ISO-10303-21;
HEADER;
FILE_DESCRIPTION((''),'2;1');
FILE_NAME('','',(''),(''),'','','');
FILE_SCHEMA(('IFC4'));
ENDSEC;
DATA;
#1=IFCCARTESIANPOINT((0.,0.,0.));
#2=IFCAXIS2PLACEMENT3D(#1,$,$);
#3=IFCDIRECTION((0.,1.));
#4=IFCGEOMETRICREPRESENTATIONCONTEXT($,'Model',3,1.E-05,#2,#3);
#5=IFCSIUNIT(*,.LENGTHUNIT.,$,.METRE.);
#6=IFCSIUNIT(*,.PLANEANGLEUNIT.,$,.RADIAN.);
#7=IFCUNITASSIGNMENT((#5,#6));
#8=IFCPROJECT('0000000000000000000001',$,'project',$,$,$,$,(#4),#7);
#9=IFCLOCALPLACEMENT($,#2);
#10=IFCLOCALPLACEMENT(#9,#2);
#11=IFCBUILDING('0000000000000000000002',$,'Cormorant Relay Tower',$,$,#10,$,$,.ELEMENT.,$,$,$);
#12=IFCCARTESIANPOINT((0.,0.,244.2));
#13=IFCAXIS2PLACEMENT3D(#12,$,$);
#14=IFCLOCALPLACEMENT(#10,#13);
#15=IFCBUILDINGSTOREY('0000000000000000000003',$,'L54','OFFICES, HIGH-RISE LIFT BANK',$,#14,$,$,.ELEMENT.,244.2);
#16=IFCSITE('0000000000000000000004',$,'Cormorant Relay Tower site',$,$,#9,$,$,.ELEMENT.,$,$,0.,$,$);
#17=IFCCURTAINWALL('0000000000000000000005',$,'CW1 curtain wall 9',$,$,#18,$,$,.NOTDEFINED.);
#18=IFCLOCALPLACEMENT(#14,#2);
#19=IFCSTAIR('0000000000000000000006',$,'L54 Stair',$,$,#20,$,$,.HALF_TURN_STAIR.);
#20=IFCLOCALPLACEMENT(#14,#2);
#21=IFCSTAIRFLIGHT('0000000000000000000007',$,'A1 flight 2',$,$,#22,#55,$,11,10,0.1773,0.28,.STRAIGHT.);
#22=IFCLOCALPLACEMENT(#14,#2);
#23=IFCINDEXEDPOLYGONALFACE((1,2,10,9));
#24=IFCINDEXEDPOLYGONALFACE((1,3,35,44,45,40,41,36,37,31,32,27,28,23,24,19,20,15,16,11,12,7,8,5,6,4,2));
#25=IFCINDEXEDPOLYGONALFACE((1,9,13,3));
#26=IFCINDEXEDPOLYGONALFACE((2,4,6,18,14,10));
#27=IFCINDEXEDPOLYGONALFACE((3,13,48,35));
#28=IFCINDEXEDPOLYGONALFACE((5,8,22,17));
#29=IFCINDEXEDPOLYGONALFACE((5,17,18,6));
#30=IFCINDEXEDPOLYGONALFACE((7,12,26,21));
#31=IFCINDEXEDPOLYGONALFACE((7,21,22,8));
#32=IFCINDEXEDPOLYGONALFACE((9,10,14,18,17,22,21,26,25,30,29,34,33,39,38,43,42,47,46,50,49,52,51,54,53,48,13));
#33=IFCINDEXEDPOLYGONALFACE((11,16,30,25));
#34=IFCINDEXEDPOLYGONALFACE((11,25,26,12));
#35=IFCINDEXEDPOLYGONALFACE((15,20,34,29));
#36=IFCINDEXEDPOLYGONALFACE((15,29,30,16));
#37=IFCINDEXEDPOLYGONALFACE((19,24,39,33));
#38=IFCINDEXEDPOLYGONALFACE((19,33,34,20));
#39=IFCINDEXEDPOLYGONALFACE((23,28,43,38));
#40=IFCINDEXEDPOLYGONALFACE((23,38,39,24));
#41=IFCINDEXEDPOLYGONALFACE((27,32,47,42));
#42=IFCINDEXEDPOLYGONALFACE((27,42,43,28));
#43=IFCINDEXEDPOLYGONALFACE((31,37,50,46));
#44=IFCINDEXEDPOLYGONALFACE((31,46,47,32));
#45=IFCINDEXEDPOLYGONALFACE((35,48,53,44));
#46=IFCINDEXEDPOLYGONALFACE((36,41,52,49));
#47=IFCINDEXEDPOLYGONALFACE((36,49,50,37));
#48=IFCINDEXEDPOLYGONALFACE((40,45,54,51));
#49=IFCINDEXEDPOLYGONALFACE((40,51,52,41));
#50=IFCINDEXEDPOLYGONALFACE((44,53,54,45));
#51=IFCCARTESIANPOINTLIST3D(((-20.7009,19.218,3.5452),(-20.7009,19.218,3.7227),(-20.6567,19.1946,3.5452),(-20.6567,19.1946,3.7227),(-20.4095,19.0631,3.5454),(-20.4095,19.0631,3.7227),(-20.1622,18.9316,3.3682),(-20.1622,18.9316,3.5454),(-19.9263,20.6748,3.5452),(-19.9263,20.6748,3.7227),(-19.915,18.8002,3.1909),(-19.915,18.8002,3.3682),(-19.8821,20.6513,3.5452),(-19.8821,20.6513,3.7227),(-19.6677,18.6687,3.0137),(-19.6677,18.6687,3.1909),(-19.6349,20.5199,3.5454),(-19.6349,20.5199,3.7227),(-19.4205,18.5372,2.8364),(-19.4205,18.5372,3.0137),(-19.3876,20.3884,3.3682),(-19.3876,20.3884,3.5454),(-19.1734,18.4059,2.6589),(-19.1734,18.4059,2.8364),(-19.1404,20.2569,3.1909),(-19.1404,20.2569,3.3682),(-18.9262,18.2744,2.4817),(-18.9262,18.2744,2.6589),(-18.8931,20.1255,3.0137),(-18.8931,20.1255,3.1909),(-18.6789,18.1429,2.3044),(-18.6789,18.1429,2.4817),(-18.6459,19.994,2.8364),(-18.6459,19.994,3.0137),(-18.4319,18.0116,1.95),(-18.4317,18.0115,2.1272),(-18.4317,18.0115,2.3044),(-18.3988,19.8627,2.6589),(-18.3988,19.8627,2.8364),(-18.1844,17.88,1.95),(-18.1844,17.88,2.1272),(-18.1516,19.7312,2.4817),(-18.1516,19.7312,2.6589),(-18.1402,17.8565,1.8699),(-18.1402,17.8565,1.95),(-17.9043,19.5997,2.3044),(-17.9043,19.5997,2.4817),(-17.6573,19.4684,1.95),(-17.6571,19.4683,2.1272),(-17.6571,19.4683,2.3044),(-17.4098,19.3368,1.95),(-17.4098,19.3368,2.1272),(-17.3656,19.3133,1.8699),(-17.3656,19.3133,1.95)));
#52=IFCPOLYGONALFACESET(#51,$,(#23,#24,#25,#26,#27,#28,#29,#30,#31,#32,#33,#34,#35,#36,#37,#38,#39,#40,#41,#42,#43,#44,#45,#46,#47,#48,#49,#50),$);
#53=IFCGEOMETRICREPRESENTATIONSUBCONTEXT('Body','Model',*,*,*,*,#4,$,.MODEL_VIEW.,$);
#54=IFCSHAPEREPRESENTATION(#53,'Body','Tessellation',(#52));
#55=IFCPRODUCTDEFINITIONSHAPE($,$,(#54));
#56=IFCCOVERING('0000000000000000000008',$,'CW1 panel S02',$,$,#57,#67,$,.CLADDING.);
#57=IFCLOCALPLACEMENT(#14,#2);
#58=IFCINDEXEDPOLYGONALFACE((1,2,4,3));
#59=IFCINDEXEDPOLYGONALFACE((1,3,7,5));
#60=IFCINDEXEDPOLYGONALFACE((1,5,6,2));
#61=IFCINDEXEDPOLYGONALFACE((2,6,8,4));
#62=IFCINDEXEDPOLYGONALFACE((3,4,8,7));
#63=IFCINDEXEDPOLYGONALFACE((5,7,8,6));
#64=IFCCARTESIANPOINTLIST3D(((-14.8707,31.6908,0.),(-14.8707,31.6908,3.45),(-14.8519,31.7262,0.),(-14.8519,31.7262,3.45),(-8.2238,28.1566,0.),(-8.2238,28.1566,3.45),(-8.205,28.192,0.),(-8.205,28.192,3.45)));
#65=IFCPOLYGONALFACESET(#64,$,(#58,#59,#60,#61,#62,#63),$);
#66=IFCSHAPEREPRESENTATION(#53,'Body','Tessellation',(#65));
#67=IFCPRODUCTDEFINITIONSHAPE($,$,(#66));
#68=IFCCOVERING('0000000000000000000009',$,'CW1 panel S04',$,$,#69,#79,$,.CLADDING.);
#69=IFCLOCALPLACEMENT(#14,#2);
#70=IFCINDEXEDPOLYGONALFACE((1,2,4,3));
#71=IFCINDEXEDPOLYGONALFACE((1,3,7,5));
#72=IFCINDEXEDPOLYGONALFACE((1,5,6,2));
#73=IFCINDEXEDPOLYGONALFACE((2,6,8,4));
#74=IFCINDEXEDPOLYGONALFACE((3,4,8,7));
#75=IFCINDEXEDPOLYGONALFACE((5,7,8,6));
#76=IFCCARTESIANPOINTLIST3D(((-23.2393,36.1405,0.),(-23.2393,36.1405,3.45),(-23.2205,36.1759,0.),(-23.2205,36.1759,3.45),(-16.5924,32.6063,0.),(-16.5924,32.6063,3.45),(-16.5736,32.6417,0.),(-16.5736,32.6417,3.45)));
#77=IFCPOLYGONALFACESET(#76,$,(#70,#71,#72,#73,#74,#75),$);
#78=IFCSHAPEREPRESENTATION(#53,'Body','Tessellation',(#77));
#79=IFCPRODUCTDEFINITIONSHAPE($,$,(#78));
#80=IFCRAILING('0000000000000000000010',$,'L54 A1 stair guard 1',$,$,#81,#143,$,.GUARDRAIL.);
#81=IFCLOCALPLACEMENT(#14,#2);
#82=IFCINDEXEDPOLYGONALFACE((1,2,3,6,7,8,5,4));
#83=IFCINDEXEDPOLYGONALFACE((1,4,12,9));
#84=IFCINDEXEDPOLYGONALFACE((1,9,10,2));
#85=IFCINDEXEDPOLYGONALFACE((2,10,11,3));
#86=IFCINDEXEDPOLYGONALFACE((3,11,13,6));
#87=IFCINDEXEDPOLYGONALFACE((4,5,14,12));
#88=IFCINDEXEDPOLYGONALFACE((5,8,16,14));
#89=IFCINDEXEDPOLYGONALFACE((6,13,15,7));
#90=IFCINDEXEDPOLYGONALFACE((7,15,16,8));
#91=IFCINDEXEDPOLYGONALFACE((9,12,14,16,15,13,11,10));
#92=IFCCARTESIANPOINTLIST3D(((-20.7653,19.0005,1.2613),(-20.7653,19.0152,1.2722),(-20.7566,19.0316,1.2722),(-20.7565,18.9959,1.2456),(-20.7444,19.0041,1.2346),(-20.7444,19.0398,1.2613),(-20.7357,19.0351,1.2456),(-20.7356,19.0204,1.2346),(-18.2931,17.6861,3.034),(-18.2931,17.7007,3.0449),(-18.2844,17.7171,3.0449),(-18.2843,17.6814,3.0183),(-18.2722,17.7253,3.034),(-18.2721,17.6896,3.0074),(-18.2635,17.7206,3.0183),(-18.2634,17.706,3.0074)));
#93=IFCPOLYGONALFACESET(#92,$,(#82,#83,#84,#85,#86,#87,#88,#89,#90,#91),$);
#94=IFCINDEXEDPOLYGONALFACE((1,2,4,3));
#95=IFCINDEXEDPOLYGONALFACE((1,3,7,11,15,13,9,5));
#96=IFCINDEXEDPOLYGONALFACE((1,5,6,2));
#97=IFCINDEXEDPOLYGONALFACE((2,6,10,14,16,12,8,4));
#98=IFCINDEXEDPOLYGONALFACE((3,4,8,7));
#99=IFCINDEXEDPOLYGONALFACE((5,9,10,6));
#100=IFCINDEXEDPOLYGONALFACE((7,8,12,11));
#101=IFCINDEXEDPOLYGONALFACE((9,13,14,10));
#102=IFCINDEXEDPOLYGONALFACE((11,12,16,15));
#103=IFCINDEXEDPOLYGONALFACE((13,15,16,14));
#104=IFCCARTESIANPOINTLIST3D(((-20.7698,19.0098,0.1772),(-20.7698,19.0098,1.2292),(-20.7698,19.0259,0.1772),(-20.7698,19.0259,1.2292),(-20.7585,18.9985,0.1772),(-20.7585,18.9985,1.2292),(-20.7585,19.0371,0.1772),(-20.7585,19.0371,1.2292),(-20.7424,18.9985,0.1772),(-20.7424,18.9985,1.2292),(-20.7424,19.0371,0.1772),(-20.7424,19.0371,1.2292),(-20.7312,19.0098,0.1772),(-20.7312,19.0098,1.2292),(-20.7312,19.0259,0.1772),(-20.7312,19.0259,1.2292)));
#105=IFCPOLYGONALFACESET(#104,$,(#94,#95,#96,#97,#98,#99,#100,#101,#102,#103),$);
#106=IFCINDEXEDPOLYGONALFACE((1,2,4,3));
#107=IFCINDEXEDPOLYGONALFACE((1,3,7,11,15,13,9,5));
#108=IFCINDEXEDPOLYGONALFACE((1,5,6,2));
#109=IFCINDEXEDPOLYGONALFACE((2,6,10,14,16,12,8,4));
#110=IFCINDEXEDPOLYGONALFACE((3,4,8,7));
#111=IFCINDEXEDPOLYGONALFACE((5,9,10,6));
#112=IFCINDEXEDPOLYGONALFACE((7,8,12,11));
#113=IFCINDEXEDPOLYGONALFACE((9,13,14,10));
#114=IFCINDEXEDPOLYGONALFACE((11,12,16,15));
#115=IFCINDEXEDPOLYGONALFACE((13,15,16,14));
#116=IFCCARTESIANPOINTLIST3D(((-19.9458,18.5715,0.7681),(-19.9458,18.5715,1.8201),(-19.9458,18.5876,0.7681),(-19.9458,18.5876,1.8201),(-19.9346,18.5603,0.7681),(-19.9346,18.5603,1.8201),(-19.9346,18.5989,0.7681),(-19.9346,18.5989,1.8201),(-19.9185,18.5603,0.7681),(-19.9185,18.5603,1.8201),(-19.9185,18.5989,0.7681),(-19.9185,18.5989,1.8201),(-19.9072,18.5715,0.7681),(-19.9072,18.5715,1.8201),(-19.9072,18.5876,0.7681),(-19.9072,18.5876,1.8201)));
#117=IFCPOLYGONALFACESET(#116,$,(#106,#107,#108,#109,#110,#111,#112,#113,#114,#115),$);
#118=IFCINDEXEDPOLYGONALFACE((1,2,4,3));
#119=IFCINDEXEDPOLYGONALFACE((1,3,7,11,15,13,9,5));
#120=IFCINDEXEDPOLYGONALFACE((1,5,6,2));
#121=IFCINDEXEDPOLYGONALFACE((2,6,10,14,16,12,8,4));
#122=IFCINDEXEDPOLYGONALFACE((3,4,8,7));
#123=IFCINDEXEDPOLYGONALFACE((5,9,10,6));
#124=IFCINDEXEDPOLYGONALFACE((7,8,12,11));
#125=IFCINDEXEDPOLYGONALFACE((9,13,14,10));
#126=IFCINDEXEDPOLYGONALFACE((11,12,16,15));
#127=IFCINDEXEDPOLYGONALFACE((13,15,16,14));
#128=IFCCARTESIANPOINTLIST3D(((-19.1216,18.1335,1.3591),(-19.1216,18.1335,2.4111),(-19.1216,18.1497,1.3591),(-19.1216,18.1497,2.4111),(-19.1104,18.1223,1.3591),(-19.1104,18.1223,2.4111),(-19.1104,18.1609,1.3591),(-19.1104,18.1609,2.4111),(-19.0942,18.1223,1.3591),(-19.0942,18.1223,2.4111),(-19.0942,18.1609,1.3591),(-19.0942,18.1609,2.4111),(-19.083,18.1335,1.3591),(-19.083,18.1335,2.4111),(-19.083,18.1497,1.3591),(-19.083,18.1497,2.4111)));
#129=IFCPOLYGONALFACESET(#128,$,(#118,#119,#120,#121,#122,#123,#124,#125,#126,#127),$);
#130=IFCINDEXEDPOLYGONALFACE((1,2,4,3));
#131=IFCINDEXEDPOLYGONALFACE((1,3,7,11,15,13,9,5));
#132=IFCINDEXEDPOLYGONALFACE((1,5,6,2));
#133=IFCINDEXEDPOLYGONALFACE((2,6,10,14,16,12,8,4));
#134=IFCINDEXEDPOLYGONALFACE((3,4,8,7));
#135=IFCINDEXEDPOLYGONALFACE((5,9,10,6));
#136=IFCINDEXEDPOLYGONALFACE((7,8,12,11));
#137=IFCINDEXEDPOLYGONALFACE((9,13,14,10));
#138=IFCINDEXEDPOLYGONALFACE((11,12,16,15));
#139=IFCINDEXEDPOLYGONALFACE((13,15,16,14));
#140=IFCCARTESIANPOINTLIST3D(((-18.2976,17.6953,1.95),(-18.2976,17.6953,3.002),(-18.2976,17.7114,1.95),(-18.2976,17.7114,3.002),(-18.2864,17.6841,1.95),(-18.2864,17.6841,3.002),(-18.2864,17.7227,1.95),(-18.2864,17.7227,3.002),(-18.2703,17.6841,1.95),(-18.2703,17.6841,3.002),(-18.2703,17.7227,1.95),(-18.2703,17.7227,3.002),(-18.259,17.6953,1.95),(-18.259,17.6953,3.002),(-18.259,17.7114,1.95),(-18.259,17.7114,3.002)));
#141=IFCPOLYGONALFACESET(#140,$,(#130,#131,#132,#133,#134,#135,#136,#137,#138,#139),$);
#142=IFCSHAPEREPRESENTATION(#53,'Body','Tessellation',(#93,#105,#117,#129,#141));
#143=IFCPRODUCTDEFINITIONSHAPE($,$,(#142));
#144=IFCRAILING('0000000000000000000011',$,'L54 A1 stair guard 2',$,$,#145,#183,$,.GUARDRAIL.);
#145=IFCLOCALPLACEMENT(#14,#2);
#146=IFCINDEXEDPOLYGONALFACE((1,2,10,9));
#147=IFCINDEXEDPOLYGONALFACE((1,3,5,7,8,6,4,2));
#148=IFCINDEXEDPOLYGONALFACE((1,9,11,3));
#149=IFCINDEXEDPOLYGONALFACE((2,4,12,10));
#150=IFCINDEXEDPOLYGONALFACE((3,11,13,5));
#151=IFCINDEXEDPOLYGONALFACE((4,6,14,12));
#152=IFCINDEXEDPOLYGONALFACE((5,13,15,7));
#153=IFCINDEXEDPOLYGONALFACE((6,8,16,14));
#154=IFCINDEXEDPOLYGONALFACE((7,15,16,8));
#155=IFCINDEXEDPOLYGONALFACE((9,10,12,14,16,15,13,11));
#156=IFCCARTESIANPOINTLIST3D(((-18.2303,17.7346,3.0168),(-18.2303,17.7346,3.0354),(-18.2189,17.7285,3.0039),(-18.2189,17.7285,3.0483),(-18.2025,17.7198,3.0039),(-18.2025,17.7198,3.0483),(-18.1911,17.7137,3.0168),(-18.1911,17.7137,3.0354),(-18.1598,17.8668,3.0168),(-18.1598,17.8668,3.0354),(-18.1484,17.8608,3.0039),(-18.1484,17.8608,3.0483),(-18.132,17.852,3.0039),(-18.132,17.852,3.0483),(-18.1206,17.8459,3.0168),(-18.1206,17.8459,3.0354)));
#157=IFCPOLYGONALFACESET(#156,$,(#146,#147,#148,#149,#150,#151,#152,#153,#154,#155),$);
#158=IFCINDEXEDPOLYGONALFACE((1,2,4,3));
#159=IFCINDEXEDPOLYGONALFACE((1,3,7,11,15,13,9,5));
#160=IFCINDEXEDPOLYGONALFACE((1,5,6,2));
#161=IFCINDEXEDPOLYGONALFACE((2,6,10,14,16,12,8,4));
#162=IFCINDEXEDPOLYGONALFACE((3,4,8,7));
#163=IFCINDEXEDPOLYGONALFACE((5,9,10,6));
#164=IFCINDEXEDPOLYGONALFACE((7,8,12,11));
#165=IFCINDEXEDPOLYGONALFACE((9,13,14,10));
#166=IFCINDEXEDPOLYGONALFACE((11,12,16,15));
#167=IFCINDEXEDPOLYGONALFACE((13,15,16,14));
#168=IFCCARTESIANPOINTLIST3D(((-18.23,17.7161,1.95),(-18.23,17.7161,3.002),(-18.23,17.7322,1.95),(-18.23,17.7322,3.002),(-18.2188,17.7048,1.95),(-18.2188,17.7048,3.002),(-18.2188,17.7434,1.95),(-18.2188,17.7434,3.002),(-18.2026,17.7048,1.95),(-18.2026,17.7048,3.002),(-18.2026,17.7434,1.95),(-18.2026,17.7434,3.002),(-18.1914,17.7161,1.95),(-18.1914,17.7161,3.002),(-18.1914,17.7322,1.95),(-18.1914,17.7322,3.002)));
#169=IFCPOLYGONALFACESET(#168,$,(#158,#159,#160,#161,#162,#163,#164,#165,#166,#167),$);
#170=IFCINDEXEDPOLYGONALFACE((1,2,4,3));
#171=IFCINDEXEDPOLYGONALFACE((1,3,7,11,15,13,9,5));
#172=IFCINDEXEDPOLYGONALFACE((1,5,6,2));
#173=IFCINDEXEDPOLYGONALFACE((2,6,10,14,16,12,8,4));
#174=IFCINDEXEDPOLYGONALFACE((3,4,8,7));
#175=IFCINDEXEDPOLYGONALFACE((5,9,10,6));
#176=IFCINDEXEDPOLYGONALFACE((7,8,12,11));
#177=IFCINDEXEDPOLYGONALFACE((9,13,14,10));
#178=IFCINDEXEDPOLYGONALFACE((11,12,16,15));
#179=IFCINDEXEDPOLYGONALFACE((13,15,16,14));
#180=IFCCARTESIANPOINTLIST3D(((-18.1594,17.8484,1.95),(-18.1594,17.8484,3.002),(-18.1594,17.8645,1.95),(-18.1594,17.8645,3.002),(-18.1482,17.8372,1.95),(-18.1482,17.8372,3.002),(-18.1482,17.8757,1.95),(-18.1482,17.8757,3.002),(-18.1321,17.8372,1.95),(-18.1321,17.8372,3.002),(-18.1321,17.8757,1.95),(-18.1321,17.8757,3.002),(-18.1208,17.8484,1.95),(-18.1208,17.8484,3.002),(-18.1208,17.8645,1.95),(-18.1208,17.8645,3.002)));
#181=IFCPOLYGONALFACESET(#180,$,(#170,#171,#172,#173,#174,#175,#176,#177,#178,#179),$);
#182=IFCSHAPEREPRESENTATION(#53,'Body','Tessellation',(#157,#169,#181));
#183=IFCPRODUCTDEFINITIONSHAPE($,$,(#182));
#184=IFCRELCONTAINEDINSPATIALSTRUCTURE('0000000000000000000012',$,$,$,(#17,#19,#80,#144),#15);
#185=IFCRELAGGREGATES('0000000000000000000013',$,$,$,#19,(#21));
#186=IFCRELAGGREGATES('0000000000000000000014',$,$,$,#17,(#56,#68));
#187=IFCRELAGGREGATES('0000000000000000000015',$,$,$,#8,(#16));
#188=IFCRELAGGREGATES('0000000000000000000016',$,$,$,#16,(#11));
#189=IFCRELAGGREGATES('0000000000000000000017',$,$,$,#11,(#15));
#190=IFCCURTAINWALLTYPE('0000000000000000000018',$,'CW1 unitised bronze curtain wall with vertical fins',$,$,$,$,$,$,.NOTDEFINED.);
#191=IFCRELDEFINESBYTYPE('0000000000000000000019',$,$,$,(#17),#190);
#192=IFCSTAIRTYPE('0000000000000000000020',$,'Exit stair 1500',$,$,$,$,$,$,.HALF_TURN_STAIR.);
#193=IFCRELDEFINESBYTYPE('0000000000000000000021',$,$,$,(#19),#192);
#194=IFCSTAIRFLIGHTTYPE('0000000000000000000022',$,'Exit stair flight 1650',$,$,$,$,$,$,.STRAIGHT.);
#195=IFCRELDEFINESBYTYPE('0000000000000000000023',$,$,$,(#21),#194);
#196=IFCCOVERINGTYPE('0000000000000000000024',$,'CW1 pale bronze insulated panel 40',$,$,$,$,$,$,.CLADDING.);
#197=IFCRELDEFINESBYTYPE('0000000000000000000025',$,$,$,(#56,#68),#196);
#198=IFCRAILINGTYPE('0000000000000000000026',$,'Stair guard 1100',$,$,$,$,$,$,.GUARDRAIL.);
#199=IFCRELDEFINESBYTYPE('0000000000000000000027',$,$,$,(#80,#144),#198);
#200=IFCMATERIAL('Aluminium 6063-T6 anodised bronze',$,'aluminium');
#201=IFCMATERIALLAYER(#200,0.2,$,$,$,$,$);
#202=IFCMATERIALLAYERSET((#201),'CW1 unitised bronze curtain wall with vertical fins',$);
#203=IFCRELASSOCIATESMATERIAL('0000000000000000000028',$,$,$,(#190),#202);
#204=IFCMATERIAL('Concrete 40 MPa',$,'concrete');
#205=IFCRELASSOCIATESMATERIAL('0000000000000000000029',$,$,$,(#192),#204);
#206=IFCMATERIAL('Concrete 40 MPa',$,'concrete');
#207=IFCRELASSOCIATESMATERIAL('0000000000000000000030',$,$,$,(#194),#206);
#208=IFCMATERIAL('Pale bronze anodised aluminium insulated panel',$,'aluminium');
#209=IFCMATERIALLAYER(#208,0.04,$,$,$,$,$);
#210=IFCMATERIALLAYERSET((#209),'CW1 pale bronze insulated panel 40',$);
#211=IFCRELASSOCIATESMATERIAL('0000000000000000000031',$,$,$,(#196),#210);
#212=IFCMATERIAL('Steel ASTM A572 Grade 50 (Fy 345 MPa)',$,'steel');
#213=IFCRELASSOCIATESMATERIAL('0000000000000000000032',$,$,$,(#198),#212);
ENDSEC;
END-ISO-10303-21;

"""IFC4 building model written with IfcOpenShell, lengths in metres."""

from ifc_helpers import new_model, si_unit, direction, frame, origin, origin_2d, place, context, subcontext, project, spatial, polyline, rectangle, outline, extrude, material, layer, layer_set, type_object, element, aggregate, save


model = new_model("IFC4")

# Units and contexts
model_context = context("Model", 3, precision=1e-05, world=origin(), true_north=direction((0.0, 1.0)))
body_context = subcontext(model_context, "Body", "Model", "MODEL_VIEW")
ifc_project = project(units=[si_unit("LENGTHUNIT", "METRE"), si_unit("PLANEANGLEUNIT", "RADIAN")], contexts=[model_context])

# Site, building, storey
site_placement = place(None, origin())
site = spatial("IfcSite", under=ifc_project, at=site_placement, Name="Cormorant Relay Tower site", CompositionType="ELEMENT", RefElevation=0.0)
building_placement = place(site_placement, origin())
building = spatial("IfcBuilding", under=site, at=building_placement, Name="Cormorant Relay Tower", CompositionType="ELEMENT")
storey_placement = place(building_placement, frame((0.0, 0.0, 244.2)))
storey = spatial("IfcBuildingStorey", under=building, at=storey_placement, Name="L54", Description="OFFICES, HIGH-RISE LIFT BANK", CompositionType="ELEMENT", Elevation=244.2)

# Curtain wall
ifc_material_1 = material(Name="Aluminium 6063-T6 anodised bronze", Category="aluminium")
ifc_layer_1 = layer(ifc_material_1, 0.2)
ifc_layer_set_1 = layer_set([ifc_layer_1], Name="CW1 unitised bronze curtain wall with vertical fins")
curtain_wall_type = type_object("IfcCurtainWallType", Name="CW1 unitised bronze curtain wall with vertical fins", PredefinedType="NOTDEFINED", material=ifc_layer_set_1)
curtain_wall_placement = place(storey_placement, origin())
curtain_wall = element("IfcCurtainWall", 1, at=curtain_wall_placement, inside=storey, type_object=curtain_wall_type, Name="CW1 curtain wall 9", PredefinedType="NOTDEFINED")

# Stair, stair flight
ifc_material_2 = material(Name="Concrete 40 MPa", Category="concrete")
stair_type = type_object("IfcStairType", Name="Exit stair 1500", PredefinedType="HALF_TURN_STAIR", material=ifc_material_2)
stair_placement = place(storey_placement, origin())
stair = element("IfcStair", 2, at=stair_placement, inside=storey, type_object=stair_type, Name="L54 Stair", PredefinedType="HALF_TURN_STAIR")
ifc_material_3 = material(Name="Concrete 40 MPa", Category="concrete")
stair_flight_type = type_object("IfcStairFlightType", Name="Exit stair flight 1650", PredefinedType="STRAIGHT", material=ifc_material_3)
stair_flight_1_placement = place(storey_placement, frame((-17.7971, 18.6084, 1.95), z_axis=(0.0, 0.0, 1.0), x_axis=(-0.882948, 0.469472, 0.0)))
stair_flight_1 = element("IfcStairFlight", 3, at=stair_flight_1_placement, type_object=stair_flight_type, Name="A1 flight 2", NumberOfRisers=11, NumberOfTreads=10, PredefinedType="STRAIGHT", RiserHeight=0.1773, TreadLength=0.28, context=body_context, shape_type="SweptSolid", body=[
    extrude(outline(polyline([(-0.05, -0.0801), (-0.05, 0.0), (0.0, 0.0), (0.0, 0.1772), (0.28, 0.1772), (0.28, 0.3545), (0.5601, 0.3545), (0.5601, 0.5317), (0.8401, 0.5317), (0.8401, 0.709), (1.1201, 0.709), (1.1201, 0.8865), (1.3999, 0.8865), (1.3999, 1.0637), (1.6799, 1.0637), (1.6799, 1.241), (1.96, 1.241), (1.96, 1.4182), (2.24, 1.4182), (2.24, 1.5955), (2.52, 1.5955), (2.52, 1.7727), (2.8, 1.7727), (2.8501, 1.7727), (2.8501, 1.5952), (2.8, 1.5952), (0.2803, 0.0), (-0.05, -0.0801)])), frame((0.0, 0.825, 0.0), z_axis=(0.0, -1.0, 0.0), x_axis=(1.0, 0.0, 0.0)), (0.0, 0.0, 1.0), 1.6499),
])
aggregate(stair, [stair_flight_1])

# Coverings
ifc_material_4 = material(Name="Pale bronze anodised aluminium insulated panel", Category="aluminium")
ifc_layer_2 = layer(ifc_material_4, 0.04)
ifc_layer_set_2 = layer_set([ifc_layer_2], Name="CW1 pale bronze insulated panel 40")
covering_type = type_object("IfcCoveringType", Name="CW1 pale bronze insulated panel 40", PredefinedType="CLADDING", material=ifc_layer_set_2)
covering_1_placement = place(storey_placement, frame((-11.5378, 29.9414, 0.0), z_axis=(0.0, 0.0, 1.0), x_axis=(-0.882948, 0.469472, 0.0)))
covering_1 = element("IfcCovering", 4, at=covering_1_placement, type_object=covering_type, Name="CW1 panel S02", PredefinedType="CLADDING", context=body_context, shape_type="SweptSolid", body=[
    extrude(rectangle(XDim=7.5281, YDim=0.04, at=origin_2d()), origin(), (0.0, 0.0, 1.0), 3.45),
])
covering_2_placement = place(storey_placement, frame((-19.9065, 34.3911, 0.0), z_axis=(0.0, 0.0, 1.0), x_axis=(-0.882948, 0.469472, 0.0)))
covering_2 = element("IfcCovering", 5, at=covering_2_placement, type_object=covering_type, Name="CW1 panel S04", PredefinedType="CLADDING", context=body_context, shape_type="SweptSolid", body=[
    extrude(rectangle(XDim=7.5281, YDim=0.04, at=origin_2d()), origin(), (0.0, 0.0, 1.0), 3.45),
])
aggregate(curtain_wall, [covering_1, covering_2])

# Railings
ifc_material_5 = material(Name="Steel ASTM A572 Grade 50 (Fy 345 MPa)", Category="steel")
railing_type_1 = type_object("IfcRailingType", Name="Stair guard 1100", PredefinedType="GUARDRAIL", material=ifc_material_5)
railing_1_placement = place(storey_placement, frame((-20.7505, 19.0178, 0.1772)))
element("IfcRailing", 6, at=railing_1_placement, inside=storey, type_object=railing_type_1, Name="L54 A1 stair guard 1", PredefinedType="GUARDRAIL", context=body_context, shape_type="SweptSolid", body=[
    extrude(outline(polyline([(0.0222, 0.0093), (0.0093, 0.0222), (-0.0093, 0.0222), (-0.0222, 0.0093), (-0.0222, -0.0093), (-0.0093, -0.0222), (0.0093, -0.0222), (0.0222, -0.0093), (0.0222, 0.0093)])), frame((0.0, 0.0, 1.0762), z_axis=(0.746001, -0.396649, 0.534931), x_axis=(0.469465, 0.882951, 0.0)), (0.0, 0.0, 1.0), 3.314),
    extrude(outline(polyline([(0.0193, 0.0081), (0.0081, 0.0193), (-0.0081, 0.0193), (-0.0193, 0.0081), (-0.0193, -0.0081), (-0.0081, -0.0193), (0.0081, -0.0193), (0.0193, -0.0081), (0.0193, 0.0081)])), origin(), (0.0, 0.0, 1.0), 1.052),
    extrude(outline(polyline([(0.0193, 0.0081), (0.0081, 0.0193), (-0.0081, 0.0193), (-0.0193, 0.0081), (-0.0193, -0.0081), (-0.0081, -0.0193), (0.0081, -0.0193), (0.0193, -0.0081), (0.0193, 0.0081)])), frame((0.824, -0.4382, 0.5908)), (0.0, 0.0, 1.0), 1.052),
    extrude(outline(polyline([(0.0193, 0.0081), (0.0081, 0.0193), (-0.0081, 0.0193), (-0.0193, 0.0081), (-0.0193, -0.0081), (-0.0081, -0.0193), (0.0081, -0.0193), (0.0193, -0.0081), (0.0193, 0.0081)])), frame((1.6482, -0.8762, 1.1819)), (0.0, 0.0, 1.0), 1.052),
    extrude(outline(polyline([(0.0193, 0.0081), (0.0081, 0.0193), (-0.0081, 0.0193), (-0.0193, 0.0081), (-0.0193, -0.0081), (-0.0081, -0.0193), (0.0081, -0.0193), (0.0193, -0.0081), (0.0193, 0.0081)])), frame((2.4722, -1.3145, 1.7727)), (0.0, 0.0, 1.0), 1.052),
])
railing_2_placement = place(storey_placement, frame((-18.2107, 17.7241, 1.95)))
element("IfcRailing", 7, at=railing_2_placement, inside=storey, type_object=railing_type_1, Name="L54 A1 stair guard 2", PredefinedType="GUARDRAIL", context=body_context, shape_type="SweptSolid", body=[
    extrude(outline(polyline([(0.0222, 0.0093), (0.0093, 0.0222), (-0.0093, 0.0222), (-0.0222, 0.0093), (-0.0222, -0.0093), (-0.0093, -0.0222), (0.0093, -0.0222), (0.0222, -0.0093), (0.0222, 0.0093)])), frame((0.0, 0.0, 1.0762), z_axis=(0.470504, 0.882398, 0.0), x_axis=(-0.882398, 0.470504, 0.0)), (0.0, 0.0, 1.0), 0.1499),
    extrude(outline(polyline([(0.0193, 0.0081), (0.0081, 0.0193), (-0.0081, 0.0193), (-0.0193, 0.0081), (-0.0193, -0.0081), (-0.0081, -0.0193), (0.0081, -0.0193), (0.0193, -0.0081), (0.0193, 0.0081)])), origin(), (0.0, 0.0, 1.0), 1.052),
    extrude(outline(polyline([(0.0193, 0.0081), (0.0081, 0.0193), (-0.0081, 0.0193), (-0.0193, 0.0081), (-0.0193, -0.0081), (-0.0081, -0.0193), (0.0081, -0.0193), (0.0193, -0.0081), (0.0193, 0.0081)])), frame((0.0706, 0.1323, 0.0)), (0.0, 0.0, 1.0), 1.052),
])

save(model, "model.ifc")
